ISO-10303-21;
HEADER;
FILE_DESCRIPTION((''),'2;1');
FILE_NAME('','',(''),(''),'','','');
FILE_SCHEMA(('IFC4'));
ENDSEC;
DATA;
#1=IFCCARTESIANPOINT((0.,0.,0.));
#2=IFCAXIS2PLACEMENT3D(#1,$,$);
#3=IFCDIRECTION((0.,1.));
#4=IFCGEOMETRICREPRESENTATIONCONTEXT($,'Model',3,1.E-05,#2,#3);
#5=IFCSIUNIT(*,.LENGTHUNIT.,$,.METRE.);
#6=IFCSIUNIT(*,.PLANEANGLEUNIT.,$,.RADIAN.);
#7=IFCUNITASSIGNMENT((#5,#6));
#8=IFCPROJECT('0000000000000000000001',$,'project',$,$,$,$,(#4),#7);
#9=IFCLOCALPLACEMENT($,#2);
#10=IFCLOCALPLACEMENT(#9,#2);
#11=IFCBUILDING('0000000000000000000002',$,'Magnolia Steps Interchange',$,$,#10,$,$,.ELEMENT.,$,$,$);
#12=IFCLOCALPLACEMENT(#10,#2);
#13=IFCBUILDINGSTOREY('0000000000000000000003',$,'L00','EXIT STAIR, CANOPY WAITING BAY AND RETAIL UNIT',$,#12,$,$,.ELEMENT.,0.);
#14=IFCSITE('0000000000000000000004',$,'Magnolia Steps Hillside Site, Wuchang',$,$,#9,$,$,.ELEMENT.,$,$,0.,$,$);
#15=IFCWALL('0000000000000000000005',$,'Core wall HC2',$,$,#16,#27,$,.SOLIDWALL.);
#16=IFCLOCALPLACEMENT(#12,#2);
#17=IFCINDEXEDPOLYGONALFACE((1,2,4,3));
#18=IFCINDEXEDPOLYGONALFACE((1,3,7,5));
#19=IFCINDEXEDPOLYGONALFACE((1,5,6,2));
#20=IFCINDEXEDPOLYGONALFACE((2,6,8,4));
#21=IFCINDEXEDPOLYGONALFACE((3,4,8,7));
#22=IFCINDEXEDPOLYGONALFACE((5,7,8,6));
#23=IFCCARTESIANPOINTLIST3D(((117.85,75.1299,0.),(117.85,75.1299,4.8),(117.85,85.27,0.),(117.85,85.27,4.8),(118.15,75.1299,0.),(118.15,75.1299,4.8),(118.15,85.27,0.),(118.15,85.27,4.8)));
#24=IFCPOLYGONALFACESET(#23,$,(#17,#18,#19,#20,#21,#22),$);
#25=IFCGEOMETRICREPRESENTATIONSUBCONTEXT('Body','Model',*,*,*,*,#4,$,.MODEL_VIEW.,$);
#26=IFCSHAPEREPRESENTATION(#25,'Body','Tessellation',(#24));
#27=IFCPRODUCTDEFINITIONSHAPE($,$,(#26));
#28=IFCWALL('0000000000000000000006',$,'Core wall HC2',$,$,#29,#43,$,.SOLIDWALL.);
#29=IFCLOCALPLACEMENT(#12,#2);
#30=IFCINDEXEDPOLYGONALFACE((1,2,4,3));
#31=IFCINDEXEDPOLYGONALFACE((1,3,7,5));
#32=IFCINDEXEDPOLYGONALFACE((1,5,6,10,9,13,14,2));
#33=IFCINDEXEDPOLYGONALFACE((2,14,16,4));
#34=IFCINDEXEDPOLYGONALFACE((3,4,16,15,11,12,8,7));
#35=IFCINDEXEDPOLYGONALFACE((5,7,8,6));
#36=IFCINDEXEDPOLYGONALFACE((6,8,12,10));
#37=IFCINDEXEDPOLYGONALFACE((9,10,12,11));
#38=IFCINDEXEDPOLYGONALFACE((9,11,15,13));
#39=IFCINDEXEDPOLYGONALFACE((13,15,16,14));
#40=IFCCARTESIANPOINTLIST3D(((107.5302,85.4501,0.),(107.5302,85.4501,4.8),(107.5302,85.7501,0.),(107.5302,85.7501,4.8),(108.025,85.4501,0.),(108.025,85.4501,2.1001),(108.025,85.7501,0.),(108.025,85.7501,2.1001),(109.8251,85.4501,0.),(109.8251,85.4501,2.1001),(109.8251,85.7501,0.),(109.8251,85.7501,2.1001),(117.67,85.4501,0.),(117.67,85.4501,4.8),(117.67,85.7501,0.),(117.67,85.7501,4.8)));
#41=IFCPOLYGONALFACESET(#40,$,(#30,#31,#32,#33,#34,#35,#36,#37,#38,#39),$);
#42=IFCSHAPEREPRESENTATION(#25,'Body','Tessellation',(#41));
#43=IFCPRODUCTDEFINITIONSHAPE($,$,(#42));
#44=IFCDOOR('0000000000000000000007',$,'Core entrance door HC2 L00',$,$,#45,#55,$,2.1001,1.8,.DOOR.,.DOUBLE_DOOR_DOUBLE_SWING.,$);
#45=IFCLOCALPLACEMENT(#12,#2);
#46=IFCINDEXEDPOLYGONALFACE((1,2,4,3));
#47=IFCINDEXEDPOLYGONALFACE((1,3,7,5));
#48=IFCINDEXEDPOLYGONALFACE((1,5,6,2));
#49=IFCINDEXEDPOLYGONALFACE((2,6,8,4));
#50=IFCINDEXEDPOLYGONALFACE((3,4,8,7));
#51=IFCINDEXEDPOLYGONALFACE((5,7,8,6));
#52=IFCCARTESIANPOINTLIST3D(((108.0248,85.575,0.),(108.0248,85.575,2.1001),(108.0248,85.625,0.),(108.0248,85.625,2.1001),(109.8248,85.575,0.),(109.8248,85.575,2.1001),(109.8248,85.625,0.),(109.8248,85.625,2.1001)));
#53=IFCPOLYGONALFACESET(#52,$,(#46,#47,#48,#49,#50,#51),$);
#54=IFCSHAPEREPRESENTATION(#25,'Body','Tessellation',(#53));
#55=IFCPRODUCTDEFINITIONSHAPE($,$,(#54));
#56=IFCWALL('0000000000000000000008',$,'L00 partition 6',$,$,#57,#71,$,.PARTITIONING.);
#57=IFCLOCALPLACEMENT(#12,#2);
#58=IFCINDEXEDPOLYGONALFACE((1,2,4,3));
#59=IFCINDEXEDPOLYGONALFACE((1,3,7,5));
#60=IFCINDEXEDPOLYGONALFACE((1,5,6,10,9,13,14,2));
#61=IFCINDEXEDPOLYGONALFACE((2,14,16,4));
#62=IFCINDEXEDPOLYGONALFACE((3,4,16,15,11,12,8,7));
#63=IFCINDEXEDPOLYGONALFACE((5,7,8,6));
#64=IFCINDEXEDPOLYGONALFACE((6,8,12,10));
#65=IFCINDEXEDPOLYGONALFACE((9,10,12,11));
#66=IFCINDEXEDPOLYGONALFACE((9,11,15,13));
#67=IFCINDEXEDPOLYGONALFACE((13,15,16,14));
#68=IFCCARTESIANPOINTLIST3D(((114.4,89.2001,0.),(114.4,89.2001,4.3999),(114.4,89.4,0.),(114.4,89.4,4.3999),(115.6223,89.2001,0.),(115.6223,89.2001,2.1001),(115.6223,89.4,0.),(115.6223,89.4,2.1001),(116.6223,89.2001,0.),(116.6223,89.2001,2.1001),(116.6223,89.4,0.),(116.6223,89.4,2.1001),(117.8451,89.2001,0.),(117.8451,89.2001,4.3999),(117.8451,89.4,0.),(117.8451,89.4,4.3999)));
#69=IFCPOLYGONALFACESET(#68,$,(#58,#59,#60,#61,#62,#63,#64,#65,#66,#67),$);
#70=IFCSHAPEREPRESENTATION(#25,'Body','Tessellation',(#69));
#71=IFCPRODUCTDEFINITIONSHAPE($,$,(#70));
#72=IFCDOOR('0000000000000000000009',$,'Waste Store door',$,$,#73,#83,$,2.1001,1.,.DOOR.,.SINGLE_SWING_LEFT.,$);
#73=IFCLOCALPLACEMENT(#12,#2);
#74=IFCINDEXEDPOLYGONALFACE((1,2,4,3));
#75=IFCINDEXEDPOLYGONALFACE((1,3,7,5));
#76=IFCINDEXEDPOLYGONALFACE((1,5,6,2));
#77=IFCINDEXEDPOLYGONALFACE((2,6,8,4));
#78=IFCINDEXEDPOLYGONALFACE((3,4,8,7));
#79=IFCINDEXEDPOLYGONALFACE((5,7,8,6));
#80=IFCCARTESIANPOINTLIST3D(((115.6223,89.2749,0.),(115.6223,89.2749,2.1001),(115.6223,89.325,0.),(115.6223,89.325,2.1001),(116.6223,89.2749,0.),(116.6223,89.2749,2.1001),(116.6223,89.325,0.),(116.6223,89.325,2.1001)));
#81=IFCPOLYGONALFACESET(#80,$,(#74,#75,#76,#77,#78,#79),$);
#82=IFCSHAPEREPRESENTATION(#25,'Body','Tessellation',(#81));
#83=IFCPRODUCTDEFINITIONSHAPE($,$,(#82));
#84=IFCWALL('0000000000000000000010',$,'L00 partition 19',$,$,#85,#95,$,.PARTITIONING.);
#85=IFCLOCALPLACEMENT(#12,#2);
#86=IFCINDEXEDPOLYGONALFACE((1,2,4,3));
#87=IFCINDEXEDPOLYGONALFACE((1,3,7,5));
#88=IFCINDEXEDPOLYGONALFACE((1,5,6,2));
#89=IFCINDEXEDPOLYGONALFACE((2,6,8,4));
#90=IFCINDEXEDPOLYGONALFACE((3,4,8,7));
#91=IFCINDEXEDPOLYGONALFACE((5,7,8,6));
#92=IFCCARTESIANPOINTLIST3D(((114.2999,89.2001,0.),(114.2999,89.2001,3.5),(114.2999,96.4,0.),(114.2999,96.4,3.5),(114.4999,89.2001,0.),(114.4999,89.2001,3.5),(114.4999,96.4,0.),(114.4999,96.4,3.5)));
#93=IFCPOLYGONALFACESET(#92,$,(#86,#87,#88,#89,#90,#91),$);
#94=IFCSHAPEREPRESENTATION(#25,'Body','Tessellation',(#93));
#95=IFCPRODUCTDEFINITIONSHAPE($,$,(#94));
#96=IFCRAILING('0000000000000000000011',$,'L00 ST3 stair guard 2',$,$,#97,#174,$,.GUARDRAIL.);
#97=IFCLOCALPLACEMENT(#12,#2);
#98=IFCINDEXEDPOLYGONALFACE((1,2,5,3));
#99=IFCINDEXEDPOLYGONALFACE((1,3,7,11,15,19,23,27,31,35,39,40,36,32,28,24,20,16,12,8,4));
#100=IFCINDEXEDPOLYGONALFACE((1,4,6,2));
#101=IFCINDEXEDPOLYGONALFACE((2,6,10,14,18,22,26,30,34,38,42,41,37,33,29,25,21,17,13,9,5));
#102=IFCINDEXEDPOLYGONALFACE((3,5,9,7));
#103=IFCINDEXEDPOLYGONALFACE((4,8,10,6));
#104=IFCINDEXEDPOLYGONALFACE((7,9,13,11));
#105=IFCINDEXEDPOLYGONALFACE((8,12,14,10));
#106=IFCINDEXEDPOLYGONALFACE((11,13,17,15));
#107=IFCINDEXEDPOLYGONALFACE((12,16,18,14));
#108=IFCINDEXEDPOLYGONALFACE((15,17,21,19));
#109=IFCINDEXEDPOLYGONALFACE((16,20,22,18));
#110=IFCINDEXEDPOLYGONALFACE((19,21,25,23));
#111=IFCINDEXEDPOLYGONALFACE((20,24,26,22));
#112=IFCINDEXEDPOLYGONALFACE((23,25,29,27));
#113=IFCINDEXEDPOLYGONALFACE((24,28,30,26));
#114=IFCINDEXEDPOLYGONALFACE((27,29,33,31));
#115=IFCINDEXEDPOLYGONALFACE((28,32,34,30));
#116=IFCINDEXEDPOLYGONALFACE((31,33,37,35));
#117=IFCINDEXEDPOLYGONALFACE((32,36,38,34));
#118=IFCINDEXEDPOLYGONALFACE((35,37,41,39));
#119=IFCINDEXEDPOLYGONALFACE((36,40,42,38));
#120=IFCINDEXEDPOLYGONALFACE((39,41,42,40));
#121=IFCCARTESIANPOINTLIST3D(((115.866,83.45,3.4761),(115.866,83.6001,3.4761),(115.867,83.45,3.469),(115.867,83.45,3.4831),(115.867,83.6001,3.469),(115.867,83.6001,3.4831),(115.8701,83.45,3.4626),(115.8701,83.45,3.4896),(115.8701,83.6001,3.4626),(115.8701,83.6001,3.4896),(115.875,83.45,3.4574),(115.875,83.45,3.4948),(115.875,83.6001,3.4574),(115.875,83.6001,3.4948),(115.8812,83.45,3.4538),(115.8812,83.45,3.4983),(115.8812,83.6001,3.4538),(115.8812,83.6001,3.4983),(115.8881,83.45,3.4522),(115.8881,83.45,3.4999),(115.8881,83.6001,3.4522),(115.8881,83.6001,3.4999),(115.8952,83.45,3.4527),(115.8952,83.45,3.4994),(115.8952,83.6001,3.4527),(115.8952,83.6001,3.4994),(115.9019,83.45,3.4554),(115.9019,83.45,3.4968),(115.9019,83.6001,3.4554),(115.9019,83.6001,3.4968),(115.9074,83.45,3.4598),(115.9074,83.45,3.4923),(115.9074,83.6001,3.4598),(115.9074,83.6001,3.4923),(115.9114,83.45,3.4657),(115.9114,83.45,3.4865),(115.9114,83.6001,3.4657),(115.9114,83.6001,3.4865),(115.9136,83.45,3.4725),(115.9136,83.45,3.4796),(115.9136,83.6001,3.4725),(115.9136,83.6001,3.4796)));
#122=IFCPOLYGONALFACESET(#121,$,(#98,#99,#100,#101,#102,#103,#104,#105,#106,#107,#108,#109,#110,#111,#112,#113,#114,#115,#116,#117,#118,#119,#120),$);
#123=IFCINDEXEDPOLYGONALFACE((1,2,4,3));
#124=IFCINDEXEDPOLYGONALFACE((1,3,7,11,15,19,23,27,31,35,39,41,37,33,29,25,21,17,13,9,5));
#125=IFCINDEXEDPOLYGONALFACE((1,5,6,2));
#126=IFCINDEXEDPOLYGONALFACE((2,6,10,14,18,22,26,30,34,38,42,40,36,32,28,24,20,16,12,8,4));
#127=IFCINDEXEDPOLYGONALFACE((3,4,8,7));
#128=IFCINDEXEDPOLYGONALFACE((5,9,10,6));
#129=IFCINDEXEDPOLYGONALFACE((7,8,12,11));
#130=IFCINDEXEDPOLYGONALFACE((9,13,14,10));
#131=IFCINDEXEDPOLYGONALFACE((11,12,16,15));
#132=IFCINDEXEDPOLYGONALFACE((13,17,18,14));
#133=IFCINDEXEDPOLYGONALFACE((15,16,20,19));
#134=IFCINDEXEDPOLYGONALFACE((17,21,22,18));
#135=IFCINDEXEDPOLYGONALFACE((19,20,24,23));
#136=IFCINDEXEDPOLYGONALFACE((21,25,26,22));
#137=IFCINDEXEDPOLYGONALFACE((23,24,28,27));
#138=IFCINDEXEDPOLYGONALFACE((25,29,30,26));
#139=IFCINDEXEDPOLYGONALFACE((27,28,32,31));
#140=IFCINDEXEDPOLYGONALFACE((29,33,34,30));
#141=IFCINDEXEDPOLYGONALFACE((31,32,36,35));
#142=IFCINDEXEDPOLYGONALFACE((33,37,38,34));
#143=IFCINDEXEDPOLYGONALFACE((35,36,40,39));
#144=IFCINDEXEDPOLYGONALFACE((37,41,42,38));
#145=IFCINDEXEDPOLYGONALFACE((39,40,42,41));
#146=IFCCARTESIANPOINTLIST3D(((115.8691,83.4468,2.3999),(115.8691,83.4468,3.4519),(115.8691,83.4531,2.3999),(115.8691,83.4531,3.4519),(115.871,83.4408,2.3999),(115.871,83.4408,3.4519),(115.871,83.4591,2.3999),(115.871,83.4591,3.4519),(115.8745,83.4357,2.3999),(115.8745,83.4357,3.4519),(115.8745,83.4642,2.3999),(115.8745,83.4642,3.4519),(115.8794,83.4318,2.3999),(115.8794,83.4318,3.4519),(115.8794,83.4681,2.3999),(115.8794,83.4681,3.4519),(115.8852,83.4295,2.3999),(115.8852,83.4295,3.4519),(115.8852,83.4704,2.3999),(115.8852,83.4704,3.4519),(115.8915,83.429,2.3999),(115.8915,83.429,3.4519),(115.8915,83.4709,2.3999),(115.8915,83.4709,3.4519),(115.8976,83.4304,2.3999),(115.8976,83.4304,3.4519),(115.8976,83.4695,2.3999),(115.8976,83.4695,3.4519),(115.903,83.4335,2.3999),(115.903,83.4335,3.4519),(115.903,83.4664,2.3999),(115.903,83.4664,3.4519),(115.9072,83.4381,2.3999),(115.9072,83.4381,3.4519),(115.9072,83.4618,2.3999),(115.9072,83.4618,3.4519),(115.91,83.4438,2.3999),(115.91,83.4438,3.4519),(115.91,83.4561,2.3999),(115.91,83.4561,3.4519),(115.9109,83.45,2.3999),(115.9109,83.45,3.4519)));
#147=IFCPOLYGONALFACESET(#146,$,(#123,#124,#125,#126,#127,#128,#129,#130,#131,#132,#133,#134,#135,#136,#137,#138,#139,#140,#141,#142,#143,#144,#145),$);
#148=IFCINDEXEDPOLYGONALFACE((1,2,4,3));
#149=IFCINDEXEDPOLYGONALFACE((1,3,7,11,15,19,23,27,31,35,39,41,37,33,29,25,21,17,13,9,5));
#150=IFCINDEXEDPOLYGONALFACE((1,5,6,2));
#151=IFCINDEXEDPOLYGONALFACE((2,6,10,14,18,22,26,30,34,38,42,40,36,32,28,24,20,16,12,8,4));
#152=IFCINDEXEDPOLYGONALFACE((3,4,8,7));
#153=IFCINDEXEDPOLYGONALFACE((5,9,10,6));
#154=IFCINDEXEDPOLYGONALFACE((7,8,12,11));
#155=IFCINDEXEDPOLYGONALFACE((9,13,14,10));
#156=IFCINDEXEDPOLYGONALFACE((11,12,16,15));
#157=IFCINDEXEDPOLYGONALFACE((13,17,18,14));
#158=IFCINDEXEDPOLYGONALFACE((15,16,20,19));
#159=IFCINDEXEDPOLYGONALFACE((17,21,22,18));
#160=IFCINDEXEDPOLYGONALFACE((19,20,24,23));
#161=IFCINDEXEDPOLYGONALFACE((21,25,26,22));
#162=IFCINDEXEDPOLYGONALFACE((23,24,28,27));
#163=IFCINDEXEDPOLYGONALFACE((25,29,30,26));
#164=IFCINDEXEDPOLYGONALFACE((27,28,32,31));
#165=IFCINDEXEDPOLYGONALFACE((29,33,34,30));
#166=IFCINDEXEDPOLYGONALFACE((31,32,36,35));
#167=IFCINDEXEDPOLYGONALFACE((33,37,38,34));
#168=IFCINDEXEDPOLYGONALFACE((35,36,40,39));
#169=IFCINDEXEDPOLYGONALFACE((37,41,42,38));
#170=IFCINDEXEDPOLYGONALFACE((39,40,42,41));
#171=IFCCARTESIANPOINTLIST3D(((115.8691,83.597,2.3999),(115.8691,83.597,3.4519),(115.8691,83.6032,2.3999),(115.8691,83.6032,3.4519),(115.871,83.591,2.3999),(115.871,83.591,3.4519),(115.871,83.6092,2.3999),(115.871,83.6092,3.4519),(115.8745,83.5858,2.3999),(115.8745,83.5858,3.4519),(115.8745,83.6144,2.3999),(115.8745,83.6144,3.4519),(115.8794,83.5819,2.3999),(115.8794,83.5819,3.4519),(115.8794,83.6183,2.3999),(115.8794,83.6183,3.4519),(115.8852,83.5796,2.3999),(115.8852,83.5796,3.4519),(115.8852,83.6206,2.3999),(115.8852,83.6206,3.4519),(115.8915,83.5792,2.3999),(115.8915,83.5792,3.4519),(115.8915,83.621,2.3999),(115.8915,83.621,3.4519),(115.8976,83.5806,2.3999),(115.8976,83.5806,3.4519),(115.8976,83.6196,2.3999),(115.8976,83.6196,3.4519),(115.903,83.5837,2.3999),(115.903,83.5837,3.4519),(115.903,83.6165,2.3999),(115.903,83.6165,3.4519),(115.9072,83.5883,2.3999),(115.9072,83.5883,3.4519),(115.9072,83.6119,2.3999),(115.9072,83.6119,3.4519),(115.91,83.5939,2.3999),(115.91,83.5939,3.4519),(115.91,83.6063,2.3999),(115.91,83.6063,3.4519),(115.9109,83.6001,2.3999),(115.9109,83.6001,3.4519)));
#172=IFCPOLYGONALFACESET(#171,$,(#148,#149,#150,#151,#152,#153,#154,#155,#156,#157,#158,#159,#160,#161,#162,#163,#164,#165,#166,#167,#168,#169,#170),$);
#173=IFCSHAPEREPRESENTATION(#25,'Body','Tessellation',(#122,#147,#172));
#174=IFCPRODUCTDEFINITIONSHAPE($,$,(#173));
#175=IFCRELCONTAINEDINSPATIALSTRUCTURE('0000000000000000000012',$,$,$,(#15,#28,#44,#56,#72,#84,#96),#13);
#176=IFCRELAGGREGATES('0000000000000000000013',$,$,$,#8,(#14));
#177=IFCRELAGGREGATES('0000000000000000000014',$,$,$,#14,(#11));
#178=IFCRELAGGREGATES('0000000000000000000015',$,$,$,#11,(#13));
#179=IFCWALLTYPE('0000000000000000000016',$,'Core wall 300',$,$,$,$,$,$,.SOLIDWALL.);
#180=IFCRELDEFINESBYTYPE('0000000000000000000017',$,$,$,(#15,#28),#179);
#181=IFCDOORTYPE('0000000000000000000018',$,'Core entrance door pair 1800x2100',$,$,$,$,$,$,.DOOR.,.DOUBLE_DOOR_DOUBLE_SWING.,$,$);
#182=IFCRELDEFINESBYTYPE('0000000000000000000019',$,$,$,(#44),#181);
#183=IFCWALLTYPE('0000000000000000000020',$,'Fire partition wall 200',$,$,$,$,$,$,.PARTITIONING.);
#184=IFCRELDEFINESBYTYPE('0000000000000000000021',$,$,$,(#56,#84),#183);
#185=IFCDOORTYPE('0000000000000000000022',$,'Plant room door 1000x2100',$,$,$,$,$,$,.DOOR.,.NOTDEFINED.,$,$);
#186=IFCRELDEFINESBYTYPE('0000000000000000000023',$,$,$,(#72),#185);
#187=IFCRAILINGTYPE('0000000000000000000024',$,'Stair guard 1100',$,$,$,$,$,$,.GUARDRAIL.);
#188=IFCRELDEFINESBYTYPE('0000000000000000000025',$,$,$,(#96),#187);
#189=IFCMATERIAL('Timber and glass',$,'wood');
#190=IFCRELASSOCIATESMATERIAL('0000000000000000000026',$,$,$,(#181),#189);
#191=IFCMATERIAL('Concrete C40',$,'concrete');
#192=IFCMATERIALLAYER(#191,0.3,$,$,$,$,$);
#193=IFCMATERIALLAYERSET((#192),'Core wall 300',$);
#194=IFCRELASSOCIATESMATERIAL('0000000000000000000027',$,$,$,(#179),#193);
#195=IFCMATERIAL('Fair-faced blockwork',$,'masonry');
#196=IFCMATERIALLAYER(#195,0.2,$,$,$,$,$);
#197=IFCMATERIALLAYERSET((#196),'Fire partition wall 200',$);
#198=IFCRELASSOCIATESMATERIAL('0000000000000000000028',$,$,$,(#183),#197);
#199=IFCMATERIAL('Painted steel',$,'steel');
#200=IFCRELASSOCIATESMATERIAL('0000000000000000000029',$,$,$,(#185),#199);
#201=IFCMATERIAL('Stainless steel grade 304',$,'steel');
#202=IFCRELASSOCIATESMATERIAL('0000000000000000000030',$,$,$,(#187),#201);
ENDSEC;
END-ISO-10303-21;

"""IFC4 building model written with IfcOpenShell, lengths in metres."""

from ifc_helpers import new_model, si_unit, direction, frame, frame_2d, origin, origin_2d, place, context, subcontext, project, spatial, rectangle, circle, extrude, material, layer, layer_set, type_object, element, fill, save


model = new_model("IFC4")

# Units and contexts
model_context = context("Model", 3, precision=1e-05, world=origin(), true_north=direction((0.0, 1.0)))
body_context = subcontext(model_context, "Body", "Model", "MODEL_VIEW")
ifc_project = project(units=[si_unit("LENGTHUNIT", "METRE"), si_unit("PLANEANGLEUNIT", "RADIAN")], contexts=[model_context])

# Site, building, storey
site_placement = place(None, origin())
site = spatial("IfcSite", under=ifc_project, at=site_placement, Name="Magnolia Steps Hillside Site, Wuchang", CompositionType="ELEMENT", RefElevation=0.0)
building_placement = place(site_placement, origin())
building = spatial("IfcBuilding", under=site, at=building_placement, Name="Magnolia Steps Interchange", CompositionType="ELEMENT")
storey_placement = place(building_placement, origin())
storey = spatial("IfcBuildingStorey", under=building, at=storey_placement, Name="L00", Description="EXIT STAIR, CANOPY WAITING BAY AND RETAIL UNIT", CompositionType="ELEMENT", Elevation=0.0)

# Shared definitions
ifc_material_1 = material(Name="Timber and glass", Category="wood")
door_type_1 = type_object("IfcDoorType", Name="Core entrance door pair 1800x2100", OperationType="DOUBLE_DOOR_DOUBLE_SWING", PredefinedType="DOOR", material=ifc_material_1)

# Wall
ifc_material_2 = material(Name="Concrete C40", Category="concrete")
ifc_layer_1 = layer(ifc_material_2, 0.3)
ifc_layer_set_1 = layer_set([ifc_layer_1], Name="Core wall 300")
wall_type_1 = type_object("IfcWallType", Name="Core wall 300", PredefinedType="SOLIDWALL", material=ifc_layer_set_1)
wall_1_placement = place(storey_placement, frame((118.0, 75.1299, 0.0), z_axis=(0.0, 0.0, 1.0), x_axis=(0.0, 1.0, 0.0)))
element("IfcWall", 1, at=wall_1_placement, inside=storey, type_object=wall_type_1, Name="Core wall HC2", PredefinedType="SOLIDWALL", context=body_context, shape_type="SweptSolid", body=[
    extrude(rectangle(XDim=10.1401, YDim=0.3, at=frame_2d((5.0701, 0.0))), origin(), (0.0, 0.0, 1.0), 4.8),
])

# Walls, openings, doors
wall_2_placement = place(storey_placement, frame((117.6699, 85.6001, 0.0), z_axis=(0.0, 0.0, 1.0), x_axis=(-1.0, 0.0, 0.0)))
wall_2 = element("IfcWall", 2, at=wall_2_placement, inside=storey, type_object=wall_type_1, Name="Core wall HC2", PredefinedType="SOLIDWALL", context=body_context, shape_type="SweptSolid", body=[
    extrude(rectangle(XDim=10.1399, YDim=0.3, at=frame_2d((5.0698, 0.0))), origin(), (0.0, 0.0, 1.0), 4.8),
])
opening_1_placement = place(wall_2_placement, frame((7.845, 0.0, 0.0)))
opening_1 = element("IfcOpeningElement", 3, at=opening_1_placement, cuts=wall_2, PredefinedType="OPENING", context=body_context, shape_type="SweptSolid", body=[
    extrude(rectangle(XDim=1.8, YDim=2.1001, at=frame_2d((0.8999, 1.05))), frame((0.0, 0.1599, 0.0), z_axis=(0.0, -1.0, 0.0), x_axis=(1.0, 0.0, 0.0)), (0.0, 0.0, 1.0), 0.3201),
])
door_1_placement = place(opening_1_placement, frame((1.8, 0.0, 0.0), z_axis=(0.0, 0.0, 1.0), x_axis=(-1.0, 0.0, 0.0)))
door_1 = element("IfcDoor", 4, at=door_1_placement, inside=storey, type_object=door_type_1, Name="Core entrance door HC2 L00", OperationType="DOUBLE_DOOR_DOUBLE_SWING", OverallHeight=2.1001, OverallWidth=1.8, PredefinedType="DOOR", context=body_context, shape_type="SweptSolid", body=[
    extrude(rectangle(XDim=1.8, YDim=2.1001, at=frame_2d((0.8999, 1.05))), frame((0.0, 0.0249, 0.0), z_axis=(0.0, -1.0, 0.0), x_axis=(1.0, 0.0, 0.0)), (0.0, 0.0, 1.0), 0.05),
])
fill(opening_1, door_1)
ifc_material_3 = material(Name="Fair-faced blockwork", Category="masonry")
ifc_layer_2 = layer(ifc_material_3, 0.2)
ifc_layer_set_2 = layer_set([ifc_layer_2], Name="Fire partition wall 200")
wall_type_2 = type_object("IfcWallType", Name="Fire partition wall 200", PredefinedType="PARTITIONING", material=ifc_layer_set_2)
wall_3_placement = place(storey_placement, frame((114.3999, 89.3, 0.0), z_axis=(0.0, 0.0, 1.0), x_axis=(1.0, 0.0, 0.0)))
wall_3 = element("IfcWall", 5, at=wall_3_placement, inside=storey, type_object=wall_type_2, Name="L00 partition 6", PredefinedType="PARTITIONING", context=body_context, shape_type="SweptSolid", body=[
    extrude(rectangle(XDim=3.4451, YDim=0.2, at=frame_2d((1.7227, 0.0))), origin(), (0.0, 0.0, 1.0), 4.3999),
])
opening_2_placement = place(wall_3_placement, frame((1.2224, 0.0, 0.0)))
opening_2 = element("IfcOpeningElement", 6, at=opening_2_placement, cuts=wall_3, PredefinedType="OPENING", context=body_context, shape_type="SweptSolid", body=[
    extrude(rectangle(XDim=1.0, YDim=2.1001, at=frame_2d((0.5, 1.05))), frame((0.0, 0.1099, 0.0), z_axis=(0.0, -1.0, 0.0), x_axis=(1.0, 0.0, 0.0)), (0.0, 0.0, 1.0), 0.22),
])
ifc_material_4 = material(Name="Painted steel", Category="steel")
door_type_2 = type_object("IfcDoorType", Name="Plant room door 1000x2100", OperationType="NOTDEFINED", PredefinedType="DOOR", material=ifc_material_4)
door_2_placement = place(opening_2_placement, origin())
door_2 = element("IfcDoor", 7, at=door_2_placement, inside=storey, type_object=door_type_2, Name="Waste Store door", OperationType="SINGLE_SWING_LEFT", OverallHeight=2.1001, OverallWidth=1.0, PredefinedType="DOOR", context=body_context, shape_type="SweptSolid", body=[
    extrude(rectangle(XDim=1.0, YDim=2.1001, at=frame_2d((0.5, 1.05))), frame((0.0, 0.0249, 0.0), z_axis=(0.0, -1.0, 0.0), x_axis=(1.0, 0.0, 0.0)), (0.0, 0.0, 1.0), 0.05),
])
fill(opening_2, door_2)

# Wall
wall_4_placement = place(storey_placement, frame((114.3999, 89.2, 0.0), z_axis=(0.0, 0.0, 1.0), x_axis=(0.0, 1.0, 0.0)))
element("IfcWall", 8, at=wall_4_placement, inside=storey, type_object=wall_type_2, Name="L00 partition 19", PredefinedType="PARTITIONING", context=body_context, shape_type="SweptSolid", body=[
    extrude(rectangle(XDim=7.2, YDim=0.2, at=frame_2d((3.6001, 0.0))), origin(), (0.0, 0.0, 1.0), 3.5),
])

# Railing
ifc_material_5 = material(Name="Stainless steel grade 304", Category="steel")
railing_type_1 = type_object("IfcRailingType", Name="Stair guard 1100", PredefinedType="GUARDRAIL", material=ifc_material_5)
railing_1_placement = place(storey_placement, frame((115.8899, 83.45, 2.3999)))
element("IfcRailing", 9, at=railing_1_placement, inside=storey, type_object=railing_type_1, Name="L00 ST3 stair guard 2", PredefinedType="GUARDRAIL", context=body_context, shape_type="SweptSolid", body=[
    extrude(circle(Radius=0.0239, at=origin_2d()), frame((0.0, 0.0, 1.0762), z_axis=(0.0, 1.0, 0.0), x_axis=(-1.0, 0.0, 0.0)), (0.0, 0.0, 1.0), 0.1501),
    extrude(circle(Radius=0.021, at=origin_2d()), origin(), (0.0, 0.0, 1.0), 1.052),
    extrude(circle(Radius=0.021, at=origin_2d()), frame((0.0, 0.1501, 0.0)), (0.0, 0.0, 1.0), 1.052),
])

save(model, "model.ifc")
